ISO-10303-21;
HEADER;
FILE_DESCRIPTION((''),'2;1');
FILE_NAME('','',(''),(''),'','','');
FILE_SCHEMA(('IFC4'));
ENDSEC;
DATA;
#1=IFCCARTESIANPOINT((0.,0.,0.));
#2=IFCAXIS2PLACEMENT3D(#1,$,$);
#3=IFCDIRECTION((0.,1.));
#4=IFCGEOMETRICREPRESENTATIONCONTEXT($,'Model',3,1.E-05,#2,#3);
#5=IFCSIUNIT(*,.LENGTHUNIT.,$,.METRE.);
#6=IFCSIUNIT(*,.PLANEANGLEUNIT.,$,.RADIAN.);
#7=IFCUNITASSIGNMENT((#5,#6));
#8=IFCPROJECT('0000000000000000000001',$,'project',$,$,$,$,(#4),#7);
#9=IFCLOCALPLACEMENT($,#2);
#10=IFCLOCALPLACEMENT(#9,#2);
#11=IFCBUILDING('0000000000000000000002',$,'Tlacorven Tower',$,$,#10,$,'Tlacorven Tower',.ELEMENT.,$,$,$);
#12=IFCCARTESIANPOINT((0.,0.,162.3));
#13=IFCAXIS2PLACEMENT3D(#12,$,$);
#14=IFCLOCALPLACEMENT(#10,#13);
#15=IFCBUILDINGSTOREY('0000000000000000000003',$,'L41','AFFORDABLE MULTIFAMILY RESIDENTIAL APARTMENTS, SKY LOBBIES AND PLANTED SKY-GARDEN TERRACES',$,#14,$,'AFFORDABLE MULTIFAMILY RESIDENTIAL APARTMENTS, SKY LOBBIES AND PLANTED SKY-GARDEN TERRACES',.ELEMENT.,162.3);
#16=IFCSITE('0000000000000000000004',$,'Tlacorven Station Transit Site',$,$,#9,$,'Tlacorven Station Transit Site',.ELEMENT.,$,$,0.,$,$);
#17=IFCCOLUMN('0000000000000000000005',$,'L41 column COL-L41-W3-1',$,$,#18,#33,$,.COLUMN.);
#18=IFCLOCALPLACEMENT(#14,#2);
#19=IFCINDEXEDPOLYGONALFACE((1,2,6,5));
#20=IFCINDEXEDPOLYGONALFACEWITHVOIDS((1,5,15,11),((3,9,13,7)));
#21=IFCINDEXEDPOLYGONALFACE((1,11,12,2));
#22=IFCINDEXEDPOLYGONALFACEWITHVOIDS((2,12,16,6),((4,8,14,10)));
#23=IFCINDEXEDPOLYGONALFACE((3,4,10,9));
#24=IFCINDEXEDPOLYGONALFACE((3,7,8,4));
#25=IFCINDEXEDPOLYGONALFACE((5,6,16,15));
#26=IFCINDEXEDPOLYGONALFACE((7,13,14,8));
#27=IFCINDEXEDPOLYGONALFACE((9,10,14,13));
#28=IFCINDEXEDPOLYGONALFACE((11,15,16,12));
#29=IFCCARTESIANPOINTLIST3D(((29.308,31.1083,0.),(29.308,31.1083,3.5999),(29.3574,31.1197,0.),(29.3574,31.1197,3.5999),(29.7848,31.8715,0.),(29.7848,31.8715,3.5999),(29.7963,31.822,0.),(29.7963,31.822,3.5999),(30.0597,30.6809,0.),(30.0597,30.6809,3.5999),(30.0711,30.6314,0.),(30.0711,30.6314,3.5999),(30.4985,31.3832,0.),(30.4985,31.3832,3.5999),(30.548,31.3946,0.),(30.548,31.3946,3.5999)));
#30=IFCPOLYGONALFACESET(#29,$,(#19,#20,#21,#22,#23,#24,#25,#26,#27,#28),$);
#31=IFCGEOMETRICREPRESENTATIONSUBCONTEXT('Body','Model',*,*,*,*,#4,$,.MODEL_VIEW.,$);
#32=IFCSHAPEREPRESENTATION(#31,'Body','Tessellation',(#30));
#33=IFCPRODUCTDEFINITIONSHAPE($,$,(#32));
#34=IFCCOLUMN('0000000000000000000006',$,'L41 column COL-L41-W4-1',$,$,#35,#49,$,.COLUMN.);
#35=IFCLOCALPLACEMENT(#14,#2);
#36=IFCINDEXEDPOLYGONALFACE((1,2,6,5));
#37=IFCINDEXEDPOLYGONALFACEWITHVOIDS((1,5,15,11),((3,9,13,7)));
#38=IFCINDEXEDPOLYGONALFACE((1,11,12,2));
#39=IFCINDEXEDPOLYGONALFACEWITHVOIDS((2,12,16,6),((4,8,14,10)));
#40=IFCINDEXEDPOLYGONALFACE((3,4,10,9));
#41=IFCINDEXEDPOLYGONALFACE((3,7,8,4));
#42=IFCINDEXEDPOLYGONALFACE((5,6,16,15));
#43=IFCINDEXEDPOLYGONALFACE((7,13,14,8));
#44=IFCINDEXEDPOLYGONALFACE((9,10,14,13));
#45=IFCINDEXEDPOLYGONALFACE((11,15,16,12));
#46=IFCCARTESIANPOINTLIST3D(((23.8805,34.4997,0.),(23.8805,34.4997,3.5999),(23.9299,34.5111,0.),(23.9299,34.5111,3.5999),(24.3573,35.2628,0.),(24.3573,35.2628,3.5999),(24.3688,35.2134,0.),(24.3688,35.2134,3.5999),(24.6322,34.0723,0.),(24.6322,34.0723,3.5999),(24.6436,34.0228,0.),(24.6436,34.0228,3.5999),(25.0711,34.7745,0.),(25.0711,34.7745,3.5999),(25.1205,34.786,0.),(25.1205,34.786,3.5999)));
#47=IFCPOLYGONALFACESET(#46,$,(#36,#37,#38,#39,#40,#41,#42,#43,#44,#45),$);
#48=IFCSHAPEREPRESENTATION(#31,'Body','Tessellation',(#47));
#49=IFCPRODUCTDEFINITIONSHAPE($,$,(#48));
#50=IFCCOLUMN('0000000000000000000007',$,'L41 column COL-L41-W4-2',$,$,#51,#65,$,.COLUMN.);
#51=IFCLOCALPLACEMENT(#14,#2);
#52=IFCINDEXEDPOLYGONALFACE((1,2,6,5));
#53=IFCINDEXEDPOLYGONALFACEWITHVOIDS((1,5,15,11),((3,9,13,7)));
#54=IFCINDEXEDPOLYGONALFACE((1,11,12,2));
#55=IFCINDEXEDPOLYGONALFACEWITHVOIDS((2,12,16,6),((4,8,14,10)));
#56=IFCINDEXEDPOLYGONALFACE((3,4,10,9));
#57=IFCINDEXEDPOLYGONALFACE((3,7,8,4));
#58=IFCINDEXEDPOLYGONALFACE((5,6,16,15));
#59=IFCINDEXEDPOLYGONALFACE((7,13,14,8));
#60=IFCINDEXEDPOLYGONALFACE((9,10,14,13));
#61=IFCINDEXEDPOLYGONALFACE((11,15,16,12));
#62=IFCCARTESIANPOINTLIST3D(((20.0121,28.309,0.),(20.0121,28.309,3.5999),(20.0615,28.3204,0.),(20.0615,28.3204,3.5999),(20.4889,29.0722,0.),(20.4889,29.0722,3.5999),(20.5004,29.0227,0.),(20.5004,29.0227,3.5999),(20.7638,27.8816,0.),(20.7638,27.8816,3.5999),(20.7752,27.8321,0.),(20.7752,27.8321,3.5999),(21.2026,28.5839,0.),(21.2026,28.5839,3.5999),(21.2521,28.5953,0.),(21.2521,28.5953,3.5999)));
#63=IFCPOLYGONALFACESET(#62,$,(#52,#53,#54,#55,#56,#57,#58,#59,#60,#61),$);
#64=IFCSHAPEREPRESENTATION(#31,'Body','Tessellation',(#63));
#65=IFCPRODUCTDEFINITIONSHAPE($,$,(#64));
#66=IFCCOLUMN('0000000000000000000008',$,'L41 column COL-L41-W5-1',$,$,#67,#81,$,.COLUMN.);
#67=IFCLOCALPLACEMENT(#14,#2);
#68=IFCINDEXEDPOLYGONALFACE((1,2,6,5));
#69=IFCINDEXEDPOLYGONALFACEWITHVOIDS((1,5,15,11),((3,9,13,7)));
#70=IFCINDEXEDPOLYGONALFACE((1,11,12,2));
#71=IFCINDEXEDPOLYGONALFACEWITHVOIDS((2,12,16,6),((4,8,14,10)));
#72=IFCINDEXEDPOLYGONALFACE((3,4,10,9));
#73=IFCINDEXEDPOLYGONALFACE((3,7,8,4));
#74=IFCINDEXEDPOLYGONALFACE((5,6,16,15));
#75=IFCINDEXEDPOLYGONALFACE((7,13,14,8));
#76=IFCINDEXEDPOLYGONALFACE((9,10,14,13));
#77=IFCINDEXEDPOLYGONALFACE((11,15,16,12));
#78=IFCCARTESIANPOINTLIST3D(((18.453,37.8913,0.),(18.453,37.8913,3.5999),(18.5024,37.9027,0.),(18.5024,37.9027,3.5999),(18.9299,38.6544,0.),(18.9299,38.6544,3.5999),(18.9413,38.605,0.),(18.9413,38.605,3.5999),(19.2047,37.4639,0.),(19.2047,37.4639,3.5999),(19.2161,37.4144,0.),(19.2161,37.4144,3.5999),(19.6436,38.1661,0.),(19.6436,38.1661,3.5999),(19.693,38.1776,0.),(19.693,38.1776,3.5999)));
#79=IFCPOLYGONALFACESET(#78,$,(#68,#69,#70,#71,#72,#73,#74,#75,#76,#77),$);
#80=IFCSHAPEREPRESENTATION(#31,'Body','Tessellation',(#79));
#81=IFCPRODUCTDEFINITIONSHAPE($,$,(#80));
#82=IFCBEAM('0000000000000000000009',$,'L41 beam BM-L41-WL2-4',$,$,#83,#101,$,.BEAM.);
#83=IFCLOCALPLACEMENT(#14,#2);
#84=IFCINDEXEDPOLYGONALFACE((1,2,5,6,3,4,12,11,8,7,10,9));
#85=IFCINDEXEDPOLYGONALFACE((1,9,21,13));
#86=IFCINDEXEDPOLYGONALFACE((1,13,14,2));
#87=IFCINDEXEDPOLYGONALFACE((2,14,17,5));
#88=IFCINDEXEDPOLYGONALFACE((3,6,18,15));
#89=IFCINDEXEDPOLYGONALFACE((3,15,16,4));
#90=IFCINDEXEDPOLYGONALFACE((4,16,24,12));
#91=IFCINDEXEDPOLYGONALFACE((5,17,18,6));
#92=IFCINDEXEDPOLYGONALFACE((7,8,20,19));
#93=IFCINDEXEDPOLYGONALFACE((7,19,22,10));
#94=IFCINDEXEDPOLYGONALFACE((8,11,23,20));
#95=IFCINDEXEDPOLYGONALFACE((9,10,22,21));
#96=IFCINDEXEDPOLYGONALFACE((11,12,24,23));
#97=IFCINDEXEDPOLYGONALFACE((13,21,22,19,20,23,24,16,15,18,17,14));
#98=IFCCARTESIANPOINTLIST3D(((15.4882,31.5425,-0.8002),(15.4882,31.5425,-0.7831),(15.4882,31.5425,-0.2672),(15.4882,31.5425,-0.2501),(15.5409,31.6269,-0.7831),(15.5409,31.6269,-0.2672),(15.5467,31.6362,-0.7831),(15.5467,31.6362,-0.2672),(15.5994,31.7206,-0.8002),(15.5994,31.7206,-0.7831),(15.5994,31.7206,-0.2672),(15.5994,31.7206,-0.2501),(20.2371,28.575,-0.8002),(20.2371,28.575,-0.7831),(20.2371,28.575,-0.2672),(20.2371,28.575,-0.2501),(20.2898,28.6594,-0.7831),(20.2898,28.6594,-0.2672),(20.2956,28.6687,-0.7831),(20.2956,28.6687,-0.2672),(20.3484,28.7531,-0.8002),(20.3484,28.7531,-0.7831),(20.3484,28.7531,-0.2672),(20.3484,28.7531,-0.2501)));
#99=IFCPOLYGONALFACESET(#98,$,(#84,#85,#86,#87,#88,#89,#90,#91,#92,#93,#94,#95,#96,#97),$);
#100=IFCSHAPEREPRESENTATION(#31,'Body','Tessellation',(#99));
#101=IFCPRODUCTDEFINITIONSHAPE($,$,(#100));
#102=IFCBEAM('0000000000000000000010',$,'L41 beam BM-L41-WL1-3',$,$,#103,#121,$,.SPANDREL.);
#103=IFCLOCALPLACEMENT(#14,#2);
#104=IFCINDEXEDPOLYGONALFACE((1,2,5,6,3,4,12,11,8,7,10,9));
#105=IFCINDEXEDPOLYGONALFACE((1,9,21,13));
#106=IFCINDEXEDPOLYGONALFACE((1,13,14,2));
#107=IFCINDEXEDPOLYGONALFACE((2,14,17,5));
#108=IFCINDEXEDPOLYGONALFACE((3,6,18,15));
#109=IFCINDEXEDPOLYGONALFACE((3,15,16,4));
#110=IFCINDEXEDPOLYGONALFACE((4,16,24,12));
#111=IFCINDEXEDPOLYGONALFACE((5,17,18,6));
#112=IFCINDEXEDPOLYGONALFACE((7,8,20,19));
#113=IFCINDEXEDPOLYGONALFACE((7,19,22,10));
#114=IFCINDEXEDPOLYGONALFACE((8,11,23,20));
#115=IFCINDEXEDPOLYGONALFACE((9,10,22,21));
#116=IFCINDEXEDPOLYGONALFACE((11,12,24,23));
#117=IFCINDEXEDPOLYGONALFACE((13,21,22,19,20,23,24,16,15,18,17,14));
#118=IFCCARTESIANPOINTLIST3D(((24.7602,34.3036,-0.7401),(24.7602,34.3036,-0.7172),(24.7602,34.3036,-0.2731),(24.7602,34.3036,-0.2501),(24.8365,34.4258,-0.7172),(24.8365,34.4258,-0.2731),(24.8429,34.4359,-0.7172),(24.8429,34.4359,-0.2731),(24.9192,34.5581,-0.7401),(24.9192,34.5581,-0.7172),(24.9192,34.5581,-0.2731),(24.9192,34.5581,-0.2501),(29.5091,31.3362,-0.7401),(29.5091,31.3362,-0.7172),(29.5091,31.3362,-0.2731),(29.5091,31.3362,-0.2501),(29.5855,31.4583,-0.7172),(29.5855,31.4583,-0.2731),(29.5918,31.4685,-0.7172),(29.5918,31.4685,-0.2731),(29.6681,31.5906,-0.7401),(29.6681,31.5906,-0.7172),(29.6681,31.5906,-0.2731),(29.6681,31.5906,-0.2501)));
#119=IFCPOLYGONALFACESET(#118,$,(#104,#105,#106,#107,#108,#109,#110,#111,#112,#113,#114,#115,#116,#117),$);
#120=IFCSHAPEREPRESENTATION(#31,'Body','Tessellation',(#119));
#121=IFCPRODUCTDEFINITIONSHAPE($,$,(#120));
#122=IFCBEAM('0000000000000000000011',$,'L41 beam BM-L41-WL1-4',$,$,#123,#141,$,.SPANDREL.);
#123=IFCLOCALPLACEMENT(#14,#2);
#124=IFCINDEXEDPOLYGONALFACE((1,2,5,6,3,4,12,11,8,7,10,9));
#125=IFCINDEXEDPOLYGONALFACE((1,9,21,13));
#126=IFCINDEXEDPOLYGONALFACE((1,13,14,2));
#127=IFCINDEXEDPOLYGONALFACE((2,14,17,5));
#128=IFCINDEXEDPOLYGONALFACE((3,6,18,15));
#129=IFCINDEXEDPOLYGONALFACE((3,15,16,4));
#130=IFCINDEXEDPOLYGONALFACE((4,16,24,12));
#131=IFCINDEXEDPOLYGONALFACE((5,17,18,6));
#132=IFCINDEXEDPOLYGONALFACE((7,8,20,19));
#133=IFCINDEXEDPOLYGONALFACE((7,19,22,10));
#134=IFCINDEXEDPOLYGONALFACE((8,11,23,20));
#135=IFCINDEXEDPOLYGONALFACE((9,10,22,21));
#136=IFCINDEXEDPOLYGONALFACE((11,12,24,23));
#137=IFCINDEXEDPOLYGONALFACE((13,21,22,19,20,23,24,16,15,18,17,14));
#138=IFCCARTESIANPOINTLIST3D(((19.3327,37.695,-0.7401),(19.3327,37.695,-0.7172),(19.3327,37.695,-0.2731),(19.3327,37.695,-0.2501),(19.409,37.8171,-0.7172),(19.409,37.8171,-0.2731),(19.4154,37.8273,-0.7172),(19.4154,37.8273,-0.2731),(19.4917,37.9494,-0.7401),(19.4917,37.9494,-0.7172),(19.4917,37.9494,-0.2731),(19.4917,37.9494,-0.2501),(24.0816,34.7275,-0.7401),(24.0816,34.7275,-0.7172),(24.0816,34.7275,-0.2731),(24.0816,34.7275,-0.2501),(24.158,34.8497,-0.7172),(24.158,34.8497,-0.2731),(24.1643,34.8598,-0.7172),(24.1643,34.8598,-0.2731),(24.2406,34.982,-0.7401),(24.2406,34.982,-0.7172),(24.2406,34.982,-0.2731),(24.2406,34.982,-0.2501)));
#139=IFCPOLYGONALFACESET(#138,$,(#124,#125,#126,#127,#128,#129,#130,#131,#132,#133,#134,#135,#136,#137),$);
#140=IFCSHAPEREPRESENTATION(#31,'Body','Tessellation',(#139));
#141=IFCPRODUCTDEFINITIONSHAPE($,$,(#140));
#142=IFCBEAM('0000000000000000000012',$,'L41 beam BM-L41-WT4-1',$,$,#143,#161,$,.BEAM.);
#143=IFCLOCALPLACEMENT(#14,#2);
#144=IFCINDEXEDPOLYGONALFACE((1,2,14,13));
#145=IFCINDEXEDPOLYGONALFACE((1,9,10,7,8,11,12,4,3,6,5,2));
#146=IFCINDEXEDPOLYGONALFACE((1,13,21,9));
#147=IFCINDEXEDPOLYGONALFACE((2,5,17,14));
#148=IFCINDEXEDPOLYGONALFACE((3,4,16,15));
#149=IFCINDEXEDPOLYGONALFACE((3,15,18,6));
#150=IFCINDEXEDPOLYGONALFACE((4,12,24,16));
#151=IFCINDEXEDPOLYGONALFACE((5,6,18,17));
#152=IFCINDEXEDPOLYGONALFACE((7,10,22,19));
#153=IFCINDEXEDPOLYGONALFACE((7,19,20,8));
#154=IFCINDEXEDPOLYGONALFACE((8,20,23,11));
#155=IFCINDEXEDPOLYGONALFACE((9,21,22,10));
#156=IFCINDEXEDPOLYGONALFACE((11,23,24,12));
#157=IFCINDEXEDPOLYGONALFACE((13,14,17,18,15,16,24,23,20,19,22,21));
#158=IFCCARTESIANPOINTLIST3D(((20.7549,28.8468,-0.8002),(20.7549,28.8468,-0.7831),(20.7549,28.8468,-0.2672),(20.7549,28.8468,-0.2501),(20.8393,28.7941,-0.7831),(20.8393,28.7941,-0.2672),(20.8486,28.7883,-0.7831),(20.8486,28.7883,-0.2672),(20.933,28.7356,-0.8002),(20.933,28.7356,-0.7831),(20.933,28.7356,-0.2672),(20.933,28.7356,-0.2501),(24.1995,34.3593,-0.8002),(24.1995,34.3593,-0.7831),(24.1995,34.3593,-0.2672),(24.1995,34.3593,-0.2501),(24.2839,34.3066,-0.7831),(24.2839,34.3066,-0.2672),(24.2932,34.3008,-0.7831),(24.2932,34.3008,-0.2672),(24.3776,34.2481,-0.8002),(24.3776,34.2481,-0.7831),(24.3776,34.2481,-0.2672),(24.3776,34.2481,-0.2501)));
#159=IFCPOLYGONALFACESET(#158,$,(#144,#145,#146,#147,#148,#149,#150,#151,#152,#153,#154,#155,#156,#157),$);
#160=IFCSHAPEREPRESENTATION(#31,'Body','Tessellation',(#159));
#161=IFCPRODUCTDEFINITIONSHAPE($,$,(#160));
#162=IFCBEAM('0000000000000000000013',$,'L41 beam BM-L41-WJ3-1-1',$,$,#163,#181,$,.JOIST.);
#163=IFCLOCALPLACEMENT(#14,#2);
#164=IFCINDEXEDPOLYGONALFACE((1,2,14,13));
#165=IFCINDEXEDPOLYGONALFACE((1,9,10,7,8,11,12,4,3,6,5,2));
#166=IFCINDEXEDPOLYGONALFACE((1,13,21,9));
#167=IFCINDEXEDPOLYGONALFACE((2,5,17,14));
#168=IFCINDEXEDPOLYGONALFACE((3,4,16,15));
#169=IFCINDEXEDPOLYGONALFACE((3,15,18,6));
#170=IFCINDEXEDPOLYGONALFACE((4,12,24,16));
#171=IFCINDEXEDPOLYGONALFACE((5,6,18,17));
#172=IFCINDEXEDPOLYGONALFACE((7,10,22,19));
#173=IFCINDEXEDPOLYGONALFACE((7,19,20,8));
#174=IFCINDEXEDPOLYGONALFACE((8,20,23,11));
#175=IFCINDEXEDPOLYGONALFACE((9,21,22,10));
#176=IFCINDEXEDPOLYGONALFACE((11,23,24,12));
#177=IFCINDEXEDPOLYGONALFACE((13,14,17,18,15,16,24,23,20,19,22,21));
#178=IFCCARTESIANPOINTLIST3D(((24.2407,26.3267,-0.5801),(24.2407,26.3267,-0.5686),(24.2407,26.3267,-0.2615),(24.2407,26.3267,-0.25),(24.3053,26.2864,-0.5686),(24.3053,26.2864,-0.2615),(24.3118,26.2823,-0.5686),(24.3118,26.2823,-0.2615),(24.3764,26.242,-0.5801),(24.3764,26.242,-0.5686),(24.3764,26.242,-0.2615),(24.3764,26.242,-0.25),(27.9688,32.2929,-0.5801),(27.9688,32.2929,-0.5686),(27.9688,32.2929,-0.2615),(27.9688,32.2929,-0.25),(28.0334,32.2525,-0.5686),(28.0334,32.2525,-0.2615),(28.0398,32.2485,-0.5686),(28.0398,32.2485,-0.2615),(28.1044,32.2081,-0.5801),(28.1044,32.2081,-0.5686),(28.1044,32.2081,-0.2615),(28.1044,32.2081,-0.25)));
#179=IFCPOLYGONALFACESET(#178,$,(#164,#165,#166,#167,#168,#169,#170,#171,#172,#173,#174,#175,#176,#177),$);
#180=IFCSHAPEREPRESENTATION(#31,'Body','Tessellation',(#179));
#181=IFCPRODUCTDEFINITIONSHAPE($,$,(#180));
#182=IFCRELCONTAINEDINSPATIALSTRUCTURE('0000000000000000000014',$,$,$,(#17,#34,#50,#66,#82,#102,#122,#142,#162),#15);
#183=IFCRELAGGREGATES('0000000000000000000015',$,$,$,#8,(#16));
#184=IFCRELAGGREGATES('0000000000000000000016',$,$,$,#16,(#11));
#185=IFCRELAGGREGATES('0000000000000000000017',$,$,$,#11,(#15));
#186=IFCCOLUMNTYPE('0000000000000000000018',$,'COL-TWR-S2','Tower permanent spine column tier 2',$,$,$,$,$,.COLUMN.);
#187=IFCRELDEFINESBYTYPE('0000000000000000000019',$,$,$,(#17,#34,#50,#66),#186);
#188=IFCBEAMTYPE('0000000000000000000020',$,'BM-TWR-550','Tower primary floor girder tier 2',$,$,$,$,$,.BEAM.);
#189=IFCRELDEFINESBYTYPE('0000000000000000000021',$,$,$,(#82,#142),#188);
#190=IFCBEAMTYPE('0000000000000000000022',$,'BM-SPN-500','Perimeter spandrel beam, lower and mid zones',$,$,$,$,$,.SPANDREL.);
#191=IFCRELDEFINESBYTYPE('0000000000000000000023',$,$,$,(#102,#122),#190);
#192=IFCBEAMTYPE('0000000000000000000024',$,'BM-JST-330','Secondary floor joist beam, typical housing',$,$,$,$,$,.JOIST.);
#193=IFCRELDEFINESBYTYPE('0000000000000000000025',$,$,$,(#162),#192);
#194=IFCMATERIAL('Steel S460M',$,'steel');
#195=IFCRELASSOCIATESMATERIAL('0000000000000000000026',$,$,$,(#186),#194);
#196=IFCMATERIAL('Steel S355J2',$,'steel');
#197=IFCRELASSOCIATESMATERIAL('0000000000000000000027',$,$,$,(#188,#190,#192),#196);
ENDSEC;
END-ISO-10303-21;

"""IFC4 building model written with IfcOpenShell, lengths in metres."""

from ifc_helpers import new_model, si_unit, direction, frame, origin, origin_2d, place, context, subcontext, project, spatial, hollow_rectangle, i_section, extrude, source, transform, mapped, material, material_profile, profile_set, type_object, element, save


model = new_model("IFC4")

# Units and contexts
model_context = context("Model", 3, precision=1e-05, world=origin(), true_north=direction((0.0, 1.0)))
body_context = subcontext(model_context, "Body", "Model", "MODEL_VIEW")
ifc_project = project(units=[si_unit("LENGTHUNIT", "METRE"), si_unit("PLANEANGLEUNIT", "RADIAN")], contexts=[model_context])

# Site, building, storey
site_placement = place(None, origin())
site = spatial("IfcSite", under=ifc_project, at=site_placement, Name="Tlacorven Station Transit Site", LongName="Tlacorven Station Transit Site", CompositionType="ELEMENT", RefElevation=0.0)
building_placement = place(site_placement, origin())
building = spatial("IfcBuilding", under=site, at=building_placement, Name="Tlacorven Tower", LongName="Tlacorven Tower", CompositionType="ELEMENT")
storey_placement = place(building_placement, frame((0.0, 0.0, 162.3)))
storey = spatial("IfcBuildingStorey", under=building, at=storey_placement, Name="L41", Description="AFFORDABLE MULTIFAMILY RESIDENTIAL APARTMENTS, SKY LOBBIES AND PLANTED SKY-GARDEN TERRACES", LongName="AFFORDABLE MULTIFAMILY RESIDENTIAL APARTMENTS, SKY LOBBIES AND PLANTED SKY-GARDEN TERRACES", CompositionType="ELEMENT", Elevation=162.3)

# Columns
ifc_material_1 = material(Name="Steel S460M", Category="steel")
ifc_material_profile_1 = material_profile(ifc_material_1, hollow_rectangle(XDim=0.8999, YDim=0.8999, WallThickness=0.0359, at=origin_2d()), Name="BOX 900X900X36")
ifc_profile_set_1 = profile_set([ifc_material_profile_1], Name="Steel S460M")
column_type = type_object("IfcColumnType", Name="COL-TWR-S2", Description="Tower permanent spine column tier 2", PredefinedType="COLUMN", material=ifc_profile_set_1)
shared_shape_1 = source(origin(), body_context, "Body", "SweptSolid", [
    extrude(hollow_rectangle(XDim=0.8999, YDim=0.8999, WallThickness=0.0359, at=origin_2d()), origin(), (0.0, 0.0, 1.0), 3.5999),
])
for number, where, z_axis, x_axis, name in (
    (1, (29.928, 31.2515, 0.0), (0.0, 0.0, 1.0), (-0.848048, 0.529919, 0.0), "L41 column COL-L41-W3-1"),
    (2, (24.5005, 34.6428, 0.0), (0.0, 0.0, 1.0), (-0.848048, 0.529919, 0.0), "L41 column COL-L41-W4-1"),
    (3, (20.6321, 28.4521, 0.0), (0.0, 0.0, 1.0), (-0.848048, 0.529919, 0.0), "L41 column COL-L41-W4-2"),
    (4, (19.073, 38.0344, 0.0), (0.0, 0.0, 1.0), (-0.848048, 0.529919, 0.0), "L41 column COL-L41-W5-1"),
):
    element("IfcColumn", number, at=place(storey_placement, frame(where, z_axis=z_axis, x_axis=x_axis)), inside=storey, type_object=column_type, Name=name, PredefinedType="COLUMN", context=body_context, shape_type="MappedRepresentation", body=[
        mapped(shared_shape_1, transform((0.0, 0.0, 0.0), scale=1.0)),
    ])

# Beams
ifc_material_2 = material(Name="Steel S355J2", Category="steel")
ifc_material_profile_2 = material_profile(ifc_material_2, i_section(OverallWidth=0.21, OverallDepth=0.55, WebThickness=0.011, FlangeThickness=0.0171, at=origin_2d()), Name="IPE 550")
ifc_profile_set_2 = profile_set([ifc_material_profile_2], Name="Steel S355J2")
beam_type_1 = type_object("IfcBeamType", Name="BM-TWR-550", Description="Tower primary floor girder tier 2", PredefinedType="BEAM", material=ifc_profile_set_2)
shared_shape_2 = source(origin(), body_context, "Body", "SweptSolid", [
    extrude(i_section(OverallWidth=0.21, OverallDepth=0.55, WebThickness=0.011, FlangeThickness=0.0171, at=origin_2d()), origin(), (0.0, 0.0, 1.0), 5.5999),
])
beam_1_placement = place(storey_placement, frame((20.2927, 28.6641, -0.5251), z_axis=(-0.848047, 0.529921, 0.0), x_axis=(-0.529921, -0.848047, 0.0)))
element("IfcBeam", 5, at=beam_1_placement, inside=storey, type_object=beam_type_1, Name="L41 beam BM-L41-WL2-4", PredefinedType="BEAM", context=body_context, shape_type="MappedRepresentation", body=[
    mapped(shared_shape_2, transform((0.0, 0.0, 0.0), scale=1.0)),
])
ifc_material_profile_3 = material_profile(ifc_material_2, i_section(OverallWidth=0.3, OverallDepth=0.49, WebThickness=0.012, FlangeThickness=0.0229, at=origin_2d()), Name="HEA 500")
ifc_profile_set_3 = profile_set([ifc_material_profile_3], Name="Steel S355J2")
beam_type_2 = type_object("IfcBeamType", Name="BM-SPN-500", Description="Perimeter spandrel beam, lower and mid zones", PredefinedType="SPANDREL", material=ifc_profile_set_3)
shared_shape_3 = source(origin(), body_context, "Body", "SweptSolid", [
    extrude(i_section(OverallWidth=0.3, OverallDepth=0.49, WebThickness=0.012, FlangeThickness=0.0229, at=origin_2d()), origin(), (0.0, 0.0, 1.0), 5.5999),
])
for number, where, z_axis, x_axis, name in (
    (6, (29.5886, 31.4634, -0.4951), (-0.848047, 0.529921, 0.0), (-0.529921, -0.848047, 0.0), "L41 beam BM-L41-WL1-3"),
    (7, (24.1611, 34.8547, -0.4951), (-0.848047, 0.529921, 0.0), (-0.529921, -0.848047, 0.0), "L41 beam BM-L41-WL1-4"),
):
    element("IfcBeam", number, at=place(storey_placement, frame(where, z_axis=z_axis, x_axis=x_axis)), inside=storey, type_object=beam_type_2, Name=name, PredefinedType="SPANDREL", context=body_context, shape_type="MappedRepresentation", body=[
        mapped(shared_shape_3, transform((0.0, 0.0, 0.0), scale=1.0)),
    ])
shared_shape_4 = source(origin(), body_context, "Body", "SweptSolid", [
    extrude(i_section(OverallWidth=0.21, OverallDepth=0.55, WebThickness=0.011, FlangeThickness=0.0171, at=origin_2d()), origin(), (0.0, 0.0, 1.0), 6.5002),
])
beam_2_placement = place(storey_placement, frame((24.2886, 34.3037, -0.5251), z_axis=(-0.529921, -0.848047, 0.0), x_axis=(0.848047, -0.529921, 0.0)))
element("IfcBeam", 8, at=beam_2_placement, inside=storey, type_object=beam_type_1, Name="L41 beam BM-L41-WT4-1", PredefinedType="BEAM", context=body_context, shape_type="MappedRepresentation", body=[
    mapped(shared_shape_4, transform((0.0, 0.0, 0.0), scale=1.0)),
])
ifc_material_profile_4 = material_profile(ifc_material_2, i_section(OverallWidth=0.1599, OverallDepth=0.3301, WebThickness=0.0076, FlangeThickness=0.0115, at=origin_2d()), Name="IPE 330")
ifc_profile_set_4 = profile_set([ifc_material_profile_4], Name="Steel S355J2")
beam_type_3 = type_object("IfcBeamType", Name="BM-JST-330", Description="Secondary floor joist beam, typical housing", PredefinedType="JOIST", material=ifc_profile_set_4)
shared_shape_5 = source(origin(), body_context, "Body", "SweptSolid", [
    extrude(i_section(OverallWidth=0.1599, OverallDepth=0.3301, WebThickness=0.0076, FlangeThickness=0.0115, at=origin_2d()), origin(), (0.0, 0.0, 1.0), 7.0352),
])
for number, where, z_axis, x_axis, name in (
    (9, (28.0366, 32.2505, -0.415), (-0.529921, -0.848047, 0.0), (0.848047, -0.529921, 0.0), "L41 beam BM-L41-WJ3-1-1"),
):
    element("IfcBeam", number, at=place(storey_placement, frame(where, z_axis=z_axis, x_axis=x_axis)), inside=storey, type_object=beam_type_3, Name=name, PredefinedType="JOIST", context=body_context, shape_type="MappedRepresentation", body=[
        mapped(shared_shape_5, transform((0.0, 0.0, 0.0), scale=1.0)),
    ])

save(model, "model.ifc")
